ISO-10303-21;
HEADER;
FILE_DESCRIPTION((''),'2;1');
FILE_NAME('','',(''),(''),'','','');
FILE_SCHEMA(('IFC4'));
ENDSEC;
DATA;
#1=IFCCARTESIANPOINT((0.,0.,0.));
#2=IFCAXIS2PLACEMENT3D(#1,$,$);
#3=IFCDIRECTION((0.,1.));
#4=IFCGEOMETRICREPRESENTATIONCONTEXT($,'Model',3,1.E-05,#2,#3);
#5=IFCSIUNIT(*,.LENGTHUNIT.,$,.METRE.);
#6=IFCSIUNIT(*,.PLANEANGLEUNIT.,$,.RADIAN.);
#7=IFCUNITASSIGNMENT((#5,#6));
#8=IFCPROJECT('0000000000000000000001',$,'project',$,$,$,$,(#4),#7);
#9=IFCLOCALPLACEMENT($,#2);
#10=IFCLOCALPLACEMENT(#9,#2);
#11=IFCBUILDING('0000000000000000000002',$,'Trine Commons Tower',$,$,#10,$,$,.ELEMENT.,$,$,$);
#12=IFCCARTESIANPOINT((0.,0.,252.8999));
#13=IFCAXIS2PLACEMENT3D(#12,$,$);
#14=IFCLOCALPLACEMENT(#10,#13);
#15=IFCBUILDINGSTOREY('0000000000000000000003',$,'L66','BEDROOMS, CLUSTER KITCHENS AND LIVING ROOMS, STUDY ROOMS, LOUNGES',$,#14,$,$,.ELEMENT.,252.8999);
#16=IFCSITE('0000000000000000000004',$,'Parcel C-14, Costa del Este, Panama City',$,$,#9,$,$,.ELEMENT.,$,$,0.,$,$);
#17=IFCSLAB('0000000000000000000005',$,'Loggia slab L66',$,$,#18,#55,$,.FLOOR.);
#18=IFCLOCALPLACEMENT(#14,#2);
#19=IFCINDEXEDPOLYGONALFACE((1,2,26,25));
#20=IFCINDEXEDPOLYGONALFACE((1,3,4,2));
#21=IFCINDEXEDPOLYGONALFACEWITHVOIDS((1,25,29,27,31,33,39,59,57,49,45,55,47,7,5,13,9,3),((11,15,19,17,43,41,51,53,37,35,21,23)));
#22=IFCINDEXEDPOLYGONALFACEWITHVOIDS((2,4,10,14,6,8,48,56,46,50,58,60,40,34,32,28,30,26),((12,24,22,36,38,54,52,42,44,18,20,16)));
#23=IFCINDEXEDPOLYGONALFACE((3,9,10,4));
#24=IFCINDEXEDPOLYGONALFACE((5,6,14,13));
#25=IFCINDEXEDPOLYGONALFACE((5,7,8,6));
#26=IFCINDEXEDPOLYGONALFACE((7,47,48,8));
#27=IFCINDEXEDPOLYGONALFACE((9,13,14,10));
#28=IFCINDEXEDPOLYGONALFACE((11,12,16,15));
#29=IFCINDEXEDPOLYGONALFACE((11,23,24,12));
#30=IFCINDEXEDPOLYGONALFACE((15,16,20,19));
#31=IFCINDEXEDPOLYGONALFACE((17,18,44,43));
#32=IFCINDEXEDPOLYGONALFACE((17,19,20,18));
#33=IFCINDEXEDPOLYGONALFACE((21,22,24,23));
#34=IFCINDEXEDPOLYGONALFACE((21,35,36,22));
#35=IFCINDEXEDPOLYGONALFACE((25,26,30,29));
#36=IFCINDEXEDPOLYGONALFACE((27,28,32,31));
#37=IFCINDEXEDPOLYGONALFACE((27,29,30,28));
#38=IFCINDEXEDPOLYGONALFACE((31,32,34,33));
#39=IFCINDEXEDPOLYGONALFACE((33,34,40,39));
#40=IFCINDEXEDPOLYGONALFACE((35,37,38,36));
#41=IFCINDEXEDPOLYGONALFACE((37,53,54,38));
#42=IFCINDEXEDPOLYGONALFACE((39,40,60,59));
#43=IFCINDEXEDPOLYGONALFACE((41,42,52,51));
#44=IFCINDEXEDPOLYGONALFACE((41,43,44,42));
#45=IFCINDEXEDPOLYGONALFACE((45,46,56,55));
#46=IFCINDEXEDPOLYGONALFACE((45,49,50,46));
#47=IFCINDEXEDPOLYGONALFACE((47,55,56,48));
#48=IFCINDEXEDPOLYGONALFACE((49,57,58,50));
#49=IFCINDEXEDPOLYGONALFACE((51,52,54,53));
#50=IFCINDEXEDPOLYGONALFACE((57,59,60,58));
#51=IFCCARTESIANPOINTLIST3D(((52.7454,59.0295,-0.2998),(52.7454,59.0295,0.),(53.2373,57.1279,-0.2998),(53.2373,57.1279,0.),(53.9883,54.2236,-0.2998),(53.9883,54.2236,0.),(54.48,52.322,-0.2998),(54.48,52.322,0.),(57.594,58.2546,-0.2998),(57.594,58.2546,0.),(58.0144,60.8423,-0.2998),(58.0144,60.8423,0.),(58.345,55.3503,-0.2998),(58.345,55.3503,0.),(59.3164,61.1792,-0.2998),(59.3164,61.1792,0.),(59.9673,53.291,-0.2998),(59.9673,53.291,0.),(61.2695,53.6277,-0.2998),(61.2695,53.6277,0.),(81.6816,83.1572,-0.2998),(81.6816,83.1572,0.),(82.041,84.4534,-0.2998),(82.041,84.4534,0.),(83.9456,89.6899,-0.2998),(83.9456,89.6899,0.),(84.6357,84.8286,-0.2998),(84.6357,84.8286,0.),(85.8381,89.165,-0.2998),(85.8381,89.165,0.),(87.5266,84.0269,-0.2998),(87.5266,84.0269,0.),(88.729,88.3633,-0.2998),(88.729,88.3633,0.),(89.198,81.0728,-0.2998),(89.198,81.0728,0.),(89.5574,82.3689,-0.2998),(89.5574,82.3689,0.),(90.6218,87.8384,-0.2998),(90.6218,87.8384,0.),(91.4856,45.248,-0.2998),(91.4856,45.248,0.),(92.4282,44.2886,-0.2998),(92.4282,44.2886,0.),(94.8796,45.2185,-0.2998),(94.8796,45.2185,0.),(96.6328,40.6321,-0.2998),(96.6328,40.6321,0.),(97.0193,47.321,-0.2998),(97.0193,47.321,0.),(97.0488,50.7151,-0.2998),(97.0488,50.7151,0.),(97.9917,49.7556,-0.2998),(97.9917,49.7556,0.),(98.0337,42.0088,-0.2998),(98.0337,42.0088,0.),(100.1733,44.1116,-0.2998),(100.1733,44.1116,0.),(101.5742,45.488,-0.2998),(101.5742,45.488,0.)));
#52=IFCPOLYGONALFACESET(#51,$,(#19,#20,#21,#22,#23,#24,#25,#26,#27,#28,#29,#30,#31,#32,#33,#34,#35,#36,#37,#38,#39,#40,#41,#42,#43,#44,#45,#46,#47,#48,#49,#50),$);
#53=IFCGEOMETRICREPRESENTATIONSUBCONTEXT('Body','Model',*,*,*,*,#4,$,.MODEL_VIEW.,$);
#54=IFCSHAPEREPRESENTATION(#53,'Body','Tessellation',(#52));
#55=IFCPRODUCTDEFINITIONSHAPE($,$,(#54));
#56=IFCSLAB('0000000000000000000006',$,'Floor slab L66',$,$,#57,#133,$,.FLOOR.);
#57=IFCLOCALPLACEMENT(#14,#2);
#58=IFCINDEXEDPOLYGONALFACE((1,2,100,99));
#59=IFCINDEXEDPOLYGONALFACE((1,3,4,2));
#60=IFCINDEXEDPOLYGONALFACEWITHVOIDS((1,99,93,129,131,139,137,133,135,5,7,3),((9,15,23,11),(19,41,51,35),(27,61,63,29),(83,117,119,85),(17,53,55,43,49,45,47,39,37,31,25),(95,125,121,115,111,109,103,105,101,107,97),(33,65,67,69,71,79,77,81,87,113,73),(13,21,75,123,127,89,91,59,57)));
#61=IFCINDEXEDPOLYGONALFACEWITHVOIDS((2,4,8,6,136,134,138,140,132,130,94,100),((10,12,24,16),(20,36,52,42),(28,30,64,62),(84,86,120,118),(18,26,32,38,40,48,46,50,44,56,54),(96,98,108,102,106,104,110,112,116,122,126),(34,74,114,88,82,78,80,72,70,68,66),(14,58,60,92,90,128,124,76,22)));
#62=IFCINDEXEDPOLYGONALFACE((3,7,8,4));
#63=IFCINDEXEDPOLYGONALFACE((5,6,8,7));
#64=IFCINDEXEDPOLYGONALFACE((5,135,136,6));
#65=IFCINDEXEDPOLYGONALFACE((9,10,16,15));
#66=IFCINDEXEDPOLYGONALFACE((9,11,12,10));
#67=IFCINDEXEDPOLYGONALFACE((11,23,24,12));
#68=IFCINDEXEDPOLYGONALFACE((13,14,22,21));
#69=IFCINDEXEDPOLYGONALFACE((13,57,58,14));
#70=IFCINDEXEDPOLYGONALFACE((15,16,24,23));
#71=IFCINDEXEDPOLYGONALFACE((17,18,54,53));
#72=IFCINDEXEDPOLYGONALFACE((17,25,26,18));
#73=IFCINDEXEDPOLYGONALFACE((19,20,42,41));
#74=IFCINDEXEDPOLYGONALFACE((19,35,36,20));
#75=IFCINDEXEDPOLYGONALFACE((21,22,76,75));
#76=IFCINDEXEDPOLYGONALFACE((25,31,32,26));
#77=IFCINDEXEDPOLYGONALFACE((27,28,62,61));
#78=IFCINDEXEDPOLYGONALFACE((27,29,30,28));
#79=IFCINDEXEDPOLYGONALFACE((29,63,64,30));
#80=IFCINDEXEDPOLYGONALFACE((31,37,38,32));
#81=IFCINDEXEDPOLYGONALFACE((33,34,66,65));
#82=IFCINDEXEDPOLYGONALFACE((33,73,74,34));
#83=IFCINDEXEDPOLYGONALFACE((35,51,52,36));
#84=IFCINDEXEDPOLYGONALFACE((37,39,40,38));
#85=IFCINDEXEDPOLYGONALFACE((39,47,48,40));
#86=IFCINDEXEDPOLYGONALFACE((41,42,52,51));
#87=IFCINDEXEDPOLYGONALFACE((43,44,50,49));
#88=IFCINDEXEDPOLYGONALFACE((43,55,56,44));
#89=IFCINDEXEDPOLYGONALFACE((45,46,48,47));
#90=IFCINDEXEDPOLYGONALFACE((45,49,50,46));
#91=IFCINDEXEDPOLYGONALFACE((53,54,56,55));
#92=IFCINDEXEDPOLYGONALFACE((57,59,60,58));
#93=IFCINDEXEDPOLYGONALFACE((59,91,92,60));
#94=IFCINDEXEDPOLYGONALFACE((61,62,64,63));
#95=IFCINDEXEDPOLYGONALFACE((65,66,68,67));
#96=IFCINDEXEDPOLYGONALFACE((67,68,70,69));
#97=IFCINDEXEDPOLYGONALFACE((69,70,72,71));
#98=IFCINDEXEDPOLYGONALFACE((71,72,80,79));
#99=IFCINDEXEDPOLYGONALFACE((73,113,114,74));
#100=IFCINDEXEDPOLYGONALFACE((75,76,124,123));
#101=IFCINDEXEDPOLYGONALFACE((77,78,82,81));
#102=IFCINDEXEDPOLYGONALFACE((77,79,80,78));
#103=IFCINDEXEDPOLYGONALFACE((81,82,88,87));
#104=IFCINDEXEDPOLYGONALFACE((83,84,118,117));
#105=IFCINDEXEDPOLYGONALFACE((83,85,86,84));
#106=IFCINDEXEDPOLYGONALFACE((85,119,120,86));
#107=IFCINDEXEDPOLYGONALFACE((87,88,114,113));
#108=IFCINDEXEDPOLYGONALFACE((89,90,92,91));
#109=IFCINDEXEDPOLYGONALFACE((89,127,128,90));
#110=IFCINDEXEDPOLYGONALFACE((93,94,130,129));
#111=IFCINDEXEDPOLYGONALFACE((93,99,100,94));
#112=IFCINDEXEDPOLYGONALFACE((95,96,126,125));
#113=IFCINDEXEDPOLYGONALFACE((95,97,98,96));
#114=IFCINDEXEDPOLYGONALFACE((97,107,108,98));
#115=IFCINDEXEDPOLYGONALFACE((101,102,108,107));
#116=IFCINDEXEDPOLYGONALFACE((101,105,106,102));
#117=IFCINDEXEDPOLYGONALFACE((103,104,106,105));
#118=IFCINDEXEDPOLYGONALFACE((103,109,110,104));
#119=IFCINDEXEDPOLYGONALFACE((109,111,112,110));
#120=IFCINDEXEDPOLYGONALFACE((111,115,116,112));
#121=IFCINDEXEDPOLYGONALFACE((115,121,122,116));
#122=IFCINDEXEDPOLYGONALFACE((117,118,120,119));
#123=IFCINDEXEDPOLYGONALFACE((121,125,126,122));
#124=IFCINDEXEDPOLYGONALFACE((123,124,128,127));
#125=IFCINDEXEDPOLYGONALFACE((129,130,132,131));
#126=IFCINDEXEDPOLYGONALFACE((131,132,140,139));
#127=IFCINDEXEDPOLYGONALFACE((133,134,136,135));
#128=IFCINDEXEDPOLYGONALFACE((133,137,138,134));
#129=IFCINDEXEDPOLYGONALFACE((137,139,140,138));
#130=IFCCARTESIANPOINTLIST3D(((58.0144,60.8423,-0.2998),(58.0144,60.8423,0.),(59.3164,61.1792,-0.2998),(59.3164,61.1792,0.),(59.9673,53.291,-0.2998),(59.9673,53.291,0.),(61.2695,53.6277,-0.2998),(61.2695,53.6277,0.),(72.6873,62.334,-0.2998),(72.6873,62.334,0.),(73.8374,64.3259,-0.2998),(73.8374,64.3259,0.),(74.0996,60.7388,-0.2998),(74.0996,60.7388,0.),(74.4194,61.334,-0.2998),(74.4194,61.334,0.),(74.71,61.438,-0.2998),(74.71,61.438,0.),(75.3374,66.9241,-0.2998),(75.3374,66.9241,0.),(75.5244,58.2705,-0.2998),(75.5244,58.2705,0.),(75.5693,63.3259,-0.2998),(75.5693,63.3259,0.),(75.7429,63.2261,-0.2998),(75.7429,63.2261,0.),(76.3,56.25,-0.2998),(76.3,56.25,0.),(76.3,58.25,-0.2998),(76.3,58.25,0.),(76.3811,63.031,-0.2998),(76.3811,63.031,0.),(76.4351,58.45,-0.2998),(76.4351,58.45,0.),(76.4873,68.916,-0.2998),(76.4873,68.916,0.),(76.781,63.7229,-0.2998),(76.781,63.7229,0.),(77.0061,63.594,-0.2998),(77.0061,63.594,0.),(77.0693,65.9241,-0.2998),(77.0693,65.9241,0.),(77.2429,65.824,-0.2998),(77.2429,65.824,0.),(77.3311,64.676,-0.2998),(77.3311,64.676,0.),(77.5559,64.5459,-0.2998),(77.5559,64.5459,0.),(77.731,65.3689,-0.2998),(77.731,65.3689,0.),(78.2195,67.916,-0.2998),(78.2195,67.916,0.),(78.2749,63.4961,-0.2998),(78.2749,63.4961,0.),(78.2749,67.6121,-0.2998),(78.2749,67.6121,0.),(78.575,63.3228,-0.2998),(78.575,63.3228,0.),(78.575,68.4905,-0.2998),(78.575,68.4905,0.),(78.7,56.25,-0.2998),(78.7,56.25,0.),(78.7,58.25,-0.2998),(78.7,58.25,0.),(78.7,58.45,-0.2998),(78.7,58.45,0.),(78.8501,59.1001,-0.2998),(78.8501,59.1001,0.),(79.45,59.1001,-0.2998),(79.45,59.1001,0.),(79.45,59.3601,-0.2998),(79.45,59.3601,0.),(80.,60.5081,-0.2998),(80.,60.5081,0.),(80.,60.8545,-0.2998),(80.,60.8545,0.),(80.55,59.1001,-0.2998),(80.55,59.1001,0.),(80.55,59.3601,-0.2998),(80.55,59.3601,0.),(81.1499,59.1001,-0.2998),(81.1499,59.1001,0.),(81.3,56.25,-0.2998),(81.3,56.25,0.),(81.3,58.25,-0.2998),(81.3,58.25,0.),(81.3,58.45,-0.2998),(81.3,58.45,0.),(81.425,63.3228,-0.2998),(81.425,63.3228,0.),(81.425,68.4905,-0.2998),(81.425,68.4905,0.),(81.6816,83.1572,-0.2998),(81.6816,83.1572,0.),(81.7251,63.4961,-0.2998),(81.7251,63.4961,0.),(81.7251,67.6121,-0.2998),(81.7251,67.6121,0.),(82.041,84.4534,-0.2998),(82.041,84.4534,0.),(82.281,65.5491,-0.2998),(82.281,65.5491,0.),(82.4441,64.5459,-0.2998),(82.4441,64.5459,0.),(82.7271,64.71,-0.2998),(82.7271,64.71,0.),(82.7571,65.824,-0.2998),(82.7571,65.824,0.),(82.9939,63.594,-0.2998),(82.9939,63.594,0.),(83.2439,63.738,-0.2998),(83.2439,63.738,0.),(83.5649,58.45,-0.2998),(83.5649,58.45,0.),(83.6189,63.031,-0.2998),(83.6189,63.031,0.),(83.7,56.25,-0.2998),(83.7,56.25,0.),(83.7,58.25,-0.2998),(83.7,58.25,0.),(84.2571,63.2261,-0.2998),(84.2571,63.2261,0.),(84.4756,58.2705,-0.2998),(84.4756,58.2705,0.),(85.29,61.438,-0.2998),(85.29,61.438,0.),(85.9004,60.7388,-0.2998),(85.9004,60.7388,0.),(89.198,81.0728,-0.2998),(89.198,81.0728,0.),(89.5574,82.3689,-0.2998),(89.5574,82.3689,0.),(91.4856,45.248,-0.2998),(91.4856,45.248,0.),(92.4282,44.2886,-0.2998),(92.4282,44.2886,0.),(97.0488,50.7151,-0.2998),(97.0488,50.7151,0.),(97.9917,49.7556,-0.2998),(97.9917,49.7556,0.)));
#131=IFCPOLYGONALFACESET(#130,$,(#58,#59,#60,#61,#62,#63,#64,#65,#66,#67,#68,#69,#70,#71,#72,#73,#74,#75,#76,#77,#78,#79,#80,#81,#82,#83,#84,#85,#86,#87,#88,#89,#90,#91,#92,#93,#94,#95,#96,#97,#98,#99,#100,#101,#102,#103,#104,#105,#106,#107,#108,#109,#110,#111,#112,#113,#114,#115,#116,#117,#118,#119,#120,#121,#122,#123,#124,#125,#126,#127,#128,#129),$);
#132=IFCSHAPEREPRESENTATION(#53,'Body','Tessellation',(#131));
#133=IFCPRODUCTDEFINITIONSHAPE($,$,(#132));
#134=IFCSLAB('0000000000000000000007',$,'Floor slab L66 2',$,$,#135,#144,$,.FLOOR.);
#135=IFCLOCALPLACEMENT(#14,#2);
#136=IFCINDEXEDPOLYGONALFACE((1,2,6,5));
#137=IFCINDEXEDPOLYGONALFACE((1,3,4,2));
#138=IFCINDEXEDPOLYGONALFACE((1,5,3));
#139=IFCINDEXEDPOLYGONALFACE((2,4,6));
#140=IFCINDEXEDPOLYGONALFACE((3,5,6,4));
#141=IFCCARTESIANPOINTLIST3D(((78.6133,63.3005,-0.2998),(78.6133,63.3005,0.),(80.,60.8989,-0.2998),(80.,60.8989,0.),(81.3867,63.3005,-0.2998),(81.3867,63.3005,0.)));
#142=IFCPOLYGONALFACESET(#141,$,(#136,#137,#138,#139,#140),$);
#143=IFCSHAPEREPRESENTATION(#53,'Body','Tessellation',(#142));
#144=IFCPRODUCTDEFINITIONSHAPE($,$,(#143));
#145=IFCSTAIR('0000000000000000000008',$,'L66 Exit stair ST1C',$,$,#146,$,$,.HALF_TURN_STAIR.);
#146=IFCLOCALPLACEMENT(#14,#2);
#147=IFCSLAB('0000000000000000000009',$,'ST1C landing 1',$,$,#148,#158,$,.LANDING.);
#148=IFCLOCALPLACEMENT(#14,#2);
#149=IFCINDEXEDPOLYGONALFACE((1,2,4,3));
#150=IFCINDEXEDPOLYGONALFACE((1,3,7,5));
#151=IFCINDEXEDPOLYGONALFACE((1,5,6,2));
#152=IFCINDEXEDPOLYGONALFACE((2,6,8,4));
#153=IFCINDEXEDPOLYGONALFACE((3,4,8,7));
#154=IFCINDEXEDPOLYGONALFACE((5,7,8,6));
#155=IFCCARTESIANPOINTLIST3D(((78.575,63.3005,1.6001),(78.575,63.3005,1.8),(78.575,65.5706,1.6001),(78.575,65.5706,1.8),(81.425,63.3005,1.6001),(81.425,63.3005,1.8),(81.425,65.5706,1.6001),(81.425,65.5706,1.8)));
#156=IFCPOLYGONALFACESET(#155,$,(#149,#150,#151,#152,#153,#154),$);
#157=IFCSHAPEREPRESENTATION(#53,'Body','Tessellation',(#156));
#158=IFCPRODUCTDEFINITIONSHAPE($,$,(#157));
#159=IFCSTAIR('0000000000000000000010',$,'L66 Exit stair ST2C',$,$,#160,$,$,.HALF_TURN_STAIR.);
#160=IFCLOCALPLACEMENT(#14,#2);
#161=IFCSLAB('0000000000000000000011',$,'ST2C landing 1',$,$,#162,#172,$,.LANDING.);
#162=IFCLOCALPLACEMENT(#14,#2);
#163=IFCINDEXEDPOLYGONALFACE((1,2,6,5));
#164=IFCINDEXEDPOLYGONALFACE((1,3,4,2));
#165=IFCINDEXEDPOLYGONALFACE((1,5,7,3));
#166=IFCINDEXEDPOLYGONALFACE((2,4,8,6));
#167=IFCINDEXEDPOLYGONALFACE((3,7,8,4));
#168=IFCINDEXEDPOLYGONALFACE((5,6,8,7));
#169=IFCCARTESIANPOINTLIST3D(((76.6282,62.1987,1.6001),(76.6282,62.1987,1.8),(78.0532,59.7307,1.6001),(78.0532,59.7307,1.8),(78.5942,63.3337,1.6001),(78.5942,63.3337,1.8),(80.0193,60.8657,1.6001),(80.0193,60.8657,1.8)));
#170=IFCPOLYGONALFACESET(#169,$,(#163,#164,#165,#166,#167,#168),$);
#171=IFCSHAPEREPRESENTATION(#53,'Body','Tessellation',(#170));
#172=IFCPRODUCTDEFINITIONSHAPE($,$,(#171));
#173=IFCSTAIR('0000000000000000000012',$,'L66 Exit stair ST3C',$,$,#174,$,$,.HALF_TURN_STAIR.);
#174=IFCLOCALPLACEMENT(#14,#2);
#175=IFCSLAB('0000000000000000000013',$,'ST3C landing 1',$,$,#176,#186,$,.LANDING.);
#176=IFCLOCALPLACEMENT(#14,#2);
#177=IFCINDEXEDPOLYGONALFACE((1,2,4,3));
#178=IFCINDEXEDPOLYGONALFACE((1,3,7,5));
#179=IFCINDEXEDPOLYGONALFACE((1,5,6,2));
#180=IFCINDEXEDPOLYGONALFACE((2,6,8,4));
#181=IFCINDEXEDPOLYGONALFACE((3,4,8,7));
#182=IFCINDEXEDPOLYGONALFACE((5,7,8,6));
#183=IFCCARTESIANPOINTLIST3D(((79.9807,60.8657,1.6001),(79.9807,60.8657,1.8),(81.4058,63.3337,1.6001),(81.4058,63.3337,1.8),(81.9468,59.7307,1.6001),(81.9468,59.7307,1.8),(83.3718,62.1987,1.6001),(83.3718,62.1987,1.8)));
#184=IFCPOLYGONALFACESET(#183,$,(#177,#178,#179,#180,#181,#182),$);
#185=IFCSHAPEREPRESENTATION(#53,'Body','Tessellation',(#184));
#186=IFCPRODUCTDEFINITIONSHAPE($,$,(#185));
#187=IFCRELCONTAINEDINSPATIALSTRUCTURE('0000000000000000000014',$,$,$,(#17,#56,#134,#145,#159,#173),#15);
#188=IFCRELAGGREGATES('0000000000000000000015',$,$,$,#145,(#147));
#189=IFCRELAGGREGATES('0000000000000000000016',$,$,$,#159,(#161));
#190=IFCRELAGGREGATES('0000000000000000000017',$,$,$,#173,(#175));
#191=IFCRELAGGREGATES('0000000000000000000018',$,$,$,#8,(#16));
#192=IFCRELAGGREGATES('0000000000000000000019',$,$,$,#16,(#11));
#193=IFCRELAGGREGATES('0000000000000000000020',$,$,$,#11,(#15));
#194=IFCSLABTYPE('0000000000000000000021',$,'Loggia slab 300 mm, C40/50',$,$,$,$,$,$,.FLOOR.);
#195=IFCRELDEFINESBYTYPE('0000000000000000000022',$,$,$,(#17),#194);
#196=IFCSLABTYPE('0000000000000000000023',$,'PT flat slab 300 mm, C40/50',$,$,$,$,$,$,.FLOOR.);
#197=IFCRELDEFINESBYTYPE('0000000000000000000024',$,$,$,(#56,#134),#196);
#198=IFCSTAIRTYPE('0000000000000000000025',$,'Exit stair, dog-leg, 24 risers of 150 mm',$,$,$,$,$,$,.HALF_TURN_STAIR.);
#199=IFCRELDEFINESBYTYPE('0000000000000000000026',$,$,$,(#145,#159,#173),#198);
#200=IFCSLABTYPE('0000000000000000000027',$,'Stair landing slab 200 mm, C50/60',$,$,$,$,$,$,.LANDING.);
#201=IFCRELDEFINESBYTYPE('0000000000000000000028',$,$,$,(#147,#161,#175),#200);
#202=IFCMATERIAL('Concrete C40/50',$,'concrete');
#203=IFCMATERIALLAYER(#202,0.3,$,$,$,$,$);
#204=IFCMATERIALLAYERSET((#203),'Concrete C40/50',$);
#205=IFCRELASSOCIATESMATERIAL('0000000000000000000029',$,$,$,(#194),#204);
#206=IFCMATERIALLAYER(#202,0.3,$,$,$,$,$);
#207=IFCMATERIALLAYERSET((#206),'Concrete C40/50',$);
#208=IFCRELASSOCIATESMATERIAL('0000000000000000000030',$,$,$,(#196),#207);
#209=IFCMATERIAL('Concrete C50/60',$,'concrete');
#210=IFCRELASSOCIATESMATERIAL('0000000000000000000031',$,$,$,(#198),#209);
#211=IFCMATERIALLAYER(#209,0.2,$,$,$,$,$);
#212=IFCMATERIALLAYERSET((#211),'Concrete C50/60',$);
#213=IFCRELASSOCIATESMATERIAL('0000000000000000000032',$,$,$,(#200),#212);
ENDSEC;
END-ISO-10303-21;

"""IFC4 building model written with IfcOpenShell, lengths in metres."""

from ifc_helpers import new_model, si_unit, direction, frame, origin, place, context, subcontext, project, spatial, polyline, outline, extrude, material, layer, layer_set, type_object, element, aggregate, save


model = new_model("IFC4")

# Units and contexts
model_context = context("Model", 3, precision=1e-05, world=origin(), true_north=direction((0.0, 1.0)))
body_context = subcontext(model_context, "Body", "Model", "MODEL_VIEW")
ifc_project = project(units=[si_unit("LENGTHUNIT", "METRE"), si_unit("PLANEANGLEUNIT", "RADIAN")], contexts=[model_context])

# Site, building, storey
site_placement = place(None, origin())
site = spatial("IfcSite", under=ifc_project, at=site_placement, Name="Parcel C-14, Costa del Este, Panama City", CompositionType="ELEMENT", RefElevation=0.0)
building_placement = place(site_placement, origin())
building = spatial("IfcBuilding", under=site, at=building_placement, Name="Trine Commons Tower", CompositionType="ELEMENT")
storey_placement = place(building_placement, frame((0.0, 0.0, 252.8999)))
storey = spatial("IfcBuildingStorey", under=building, at=storey_placement, Name="L66", Description="BEDROOMS, CLUSTER KITCHENS AND LIVING ROOMS, STUDY ROOMS, LOUNGES", CompositionType="ELEMENT", Elevation=252.8999)

# Slabs
ifc_material_1 = material(Name="Concrete C40/50", Category="concrete")
ifc_layer_1 = layer(ifc_material_1, 0.3)
ifc_layer_set_1 = layer_set([ifc_layer_1], Name="Concrete C40/50")
slab_type_1 = type_object("IfcSlabType", Name="Loggia slab 300 mm, C40/50", PredefinedType="FLOOR", material=ifc_layer_set_1)
slab_1_placement = place(storey_placement, frame((0.0, 0.0, -0.2998)))
element("IfcSlab", 1, at=slab_1_placement, inside=storey, type_object=slab_type_1, Name="Loggia slab L66", PredefinedType="FLOOR", context=body_context, shape_type="SweptSolid", body=[
    extrude(outline(polyline([(101.5742, 45.488), (90.6218, 87.8384), (88.729, 88.3633), (87.5266, 84.0269), (84.6357, 84.8286), (85.8381, 89.165), (83.9456, 89.6899), (52.7454, 59.0295), (53.2373, 57.1279), (57.594, 58.2546), (58.345, 55.3503), (53.9883, 54.2236), (54.48, 52.322), (96.6328, 40.6321), (98.0337, 42.0088), (94.8796, 45.2185), (97.0193, 47.321), (100.1733, 44.1116), (101.5742, 45.488)]), holes=[polyline([(59.3164, 61.1792), (61.2695, 53.6277), (59.9673, 53.291), (92.4282, 44.2886), (91.4856, 45.248), (97.0488, 50.7151), (97.9917, 49.7556), (89.5574, 82.3689), (89.198, 81.0728), (81.6816, 83.1572), (82.041, 84.4534), (58.0144, 60.8423), (59.3164, 61.1792)])]), origin(), (0.0, 0.0, 1.0), 0.2998),
])
ifc_layer_2 = layer(ifc_material_1, 0.3)
ifc_layer_set_2 = layer_set([ifc_layer_2], Name="Concrete C40/50")
slab_type_2 = type_object("IfcSlabType", Name="PT flat slab 300 mm, C40/50", PredefinedType="FLOOR", material=ifc_layer_set_2)
slab_2_placement = place(storey_placement, frame((0.0, 0.0, -0.2998)))
element("IfcSlab", 2, at=slab_2_placement, inside=storey, type_object=slab_type_2, Name="Floor slab L66", PredefinedType="FLOOR", context=body_context, shape_type="SweptSolid", body=[
    extrude(outline(polyline([(58.0144, 60.8423), (59.3164, 61.1792), (61.2695, 53.6277), (59.9673, 53.291), (92.4282, 44.2886), (91.4856, 45.248), (97.0488, 50.7151), (97.9917, 49.7556), (89.5574, 82.3689), (89.198, 81.0728), (81.6816, 83.1572), (82.041, 84.4534), (58.0144, 60.8423)]), holes=[polyline([(78.7, 56.25), (78.7, 58.25), (76.3, 58.25), (76.3, 56.25), (78.7, 56.25)]), polyline([(83.7, 56.25), (83.7, 58.25), (81.3, 58.25), (81.3, 56.25), (83.7, 56.25)]), polyline([(81.3, 58.45), (83.5649, 58.45), (80.0, 60.5081), (76.4351, 58.45), (78.7, 58.45), (78.8501, 59.1001), (79.45, 59.1001), (79.45, 59.3601), (80.55, 59.3601), (80.55, 59.1001), (81.1499, 59.1001), (81.3, 58.45)]), polyline([(81.425, 63.3228), (81.425, 68.4905), (78.575, 68.4905), (78.575, 63.3228), (74.0996, 60.7388), (75.5244, 58.2705), (80.0, 60.8545), (84.4756, 58.2705), (85.9004, 60.7388), (81.425, 63.3228)]), polyline([(72.6873, 62.334), (74.4194, 61.334), (75.5693, 63.3259), (73.8374, 64.3259), (72.6873, 62.334)]), polyline([(76.3811, 63.031), (75.7429, 63.2261), (74.71, 61.438), (78.2749, 63.4961), (78.2749, 67.6121), (77.2429, 65.824), (77.731, 65.3689), (77.3311, 64.676), (77.5559, 64.5459), (77.0061, 63.594), (76.781, 63.7229), (76.3811, 63.031)]), polyline([(82.9939, 63.594), (82.4441, 64.5459), (82.7271, 64.71), (82.281, 65.5491), (82.7571, 65.824), (81.7251, 67.6121), (81.7251, 63.4961), (85.29, 61.438), (84.2571, 63.2261), (83.6189, 63.031), (83.2439, 63.738), (82.9939, 63.594)]), polyline([(76.4873, 68.916), (75.3374, 66.9241), (77.0693, 65.9241), (78.2195, 67.916), (76.4873, 68.916)])]), origin(), (0.0, 0.0, 1.0), 0.2998),
])
slab_3_placement = place(storey_placement, frame((0.0, 0.0, -0.2998)))
element("IfcSlab", 3, at=slab_3_placement, inside=storey, type_object=slab_type_2, Name="Floor slab L66 2", PredefinedType="FLOOR", context=body_context, shape_type="SweptSolid", body=[
    extrude(outline(polyline([(81.3867, 63.3005), (78.6133, 63.3005), (80.0, 60.8989), (81.3867, 63.3005)])), origin(), (0.0, 0.0, 1.0), 0.2998),
])

# Stairs, slabs
ifc_material_2 = material(Name="Concrete C50/60", Category="concrete")
stair_type = type_object("IfcStairType", Name="Exit stair, dog-leg, 24 risers of 150 mm", PredefinedType="HALF_TURN_STAIR", material=ifc_material_2)
stair_1_placement = place(storey_placement, origin())
stair_1 = element("IfcStair", 4, at=stair_1_placement, inside=storey, type_object=stair_type, Name="L66 Exit stair ST1C", PredefinedType="HALF_TURN_STAIR")
ifc_layer_3 = layer(ifc_material_2, 0.2)
ifc_layer_set_3 = layer_set([ifc_layer_3], Name="Concrete C50/60")
slab_type_3 = type_object("IfcSlabType", Name="Stair landing slab 200 mm, C50/60", PredefinedType="LANDING", material=ifc_layer_set_3)
slab_4_placement = place(storey_placement, frame((0.0, 0.0, 1.6001)))
slab_4 = element("IfcSlab", 5, at=slab_4_placement, type_object=slab_type_3, Name="ST1C landing 1", PredefinedType="LANDING", context=body_context, shape_type="SweptSolid", body=[
    extrude(outline(polyline([(78.575, 65.5706), (78.575, 63.3005), (81.425, 63.3005), (81.425, 65.5706), (78.575, 65.5706)])), origin(), (0.0, 0.0, 1.0), 0.2),
])
aggregate(stair_1, [slab_4])
stair_2_placement = place(storey_placement, origin())
stair_2 = element("IfcStair", 6, at=stair_2_placement, inside=storey, type_object=stair_type, Name="L66 Exit stair ST2C", PredefinedType="HALF_TURN_STAIR")
slab_5_placement = place(storey_placement, frame((0.0, 0.0, 1.6001)))
slab_5 = element("IfcSlab", 7, at=slab_5_placement, type_object=slab_type_3, Name="ST2C landing 1", PredefinedType="LANDING", context=body_context, shape_type="SweptSolid", body=[
    extrude(outline(polyline([(78.0532, 59.7307), (80.0193, 60.8657), (78.5942, 63.3337), (76.6282, 62.1987), (78.0532, 59.7307)])), origin(), (0.0, 0.0, 1.0), 0.2),
])
aggregate(stair_2, [slab_5])
stair_3_placement = place(storey_placement, origin())
stair_3 = element("IfcStair", 8, at=stair_3_placement, inside=storey, type_object=stair_type, Name="L66 Exit stair ST3C", PredefinedType="HALF_TURN_STAIR")
slab_6_placement = place(storey_placement, frame((0.0, 0.0, 1.6001)))
slab_6 = element("IfcSlab", 9, at=slab_6_placement, type_object=slab_type_3, Name="ST3C landing 1", PredefinedType="LANDING", context=body_context, shape_type="SweptSolid", body=[
    extrude(outline(polyline([(83.3718, 62.1987), (81.4058, 63.3337), (79.9807, 60.8657), (81.9468, 59.7307), (83.3718, 62.1987)])), origin(), (0.0, 0.0, 1.0), 0.2),
])
aggregate(stair_3, [slab_6])

save(model, "model.ifc")
